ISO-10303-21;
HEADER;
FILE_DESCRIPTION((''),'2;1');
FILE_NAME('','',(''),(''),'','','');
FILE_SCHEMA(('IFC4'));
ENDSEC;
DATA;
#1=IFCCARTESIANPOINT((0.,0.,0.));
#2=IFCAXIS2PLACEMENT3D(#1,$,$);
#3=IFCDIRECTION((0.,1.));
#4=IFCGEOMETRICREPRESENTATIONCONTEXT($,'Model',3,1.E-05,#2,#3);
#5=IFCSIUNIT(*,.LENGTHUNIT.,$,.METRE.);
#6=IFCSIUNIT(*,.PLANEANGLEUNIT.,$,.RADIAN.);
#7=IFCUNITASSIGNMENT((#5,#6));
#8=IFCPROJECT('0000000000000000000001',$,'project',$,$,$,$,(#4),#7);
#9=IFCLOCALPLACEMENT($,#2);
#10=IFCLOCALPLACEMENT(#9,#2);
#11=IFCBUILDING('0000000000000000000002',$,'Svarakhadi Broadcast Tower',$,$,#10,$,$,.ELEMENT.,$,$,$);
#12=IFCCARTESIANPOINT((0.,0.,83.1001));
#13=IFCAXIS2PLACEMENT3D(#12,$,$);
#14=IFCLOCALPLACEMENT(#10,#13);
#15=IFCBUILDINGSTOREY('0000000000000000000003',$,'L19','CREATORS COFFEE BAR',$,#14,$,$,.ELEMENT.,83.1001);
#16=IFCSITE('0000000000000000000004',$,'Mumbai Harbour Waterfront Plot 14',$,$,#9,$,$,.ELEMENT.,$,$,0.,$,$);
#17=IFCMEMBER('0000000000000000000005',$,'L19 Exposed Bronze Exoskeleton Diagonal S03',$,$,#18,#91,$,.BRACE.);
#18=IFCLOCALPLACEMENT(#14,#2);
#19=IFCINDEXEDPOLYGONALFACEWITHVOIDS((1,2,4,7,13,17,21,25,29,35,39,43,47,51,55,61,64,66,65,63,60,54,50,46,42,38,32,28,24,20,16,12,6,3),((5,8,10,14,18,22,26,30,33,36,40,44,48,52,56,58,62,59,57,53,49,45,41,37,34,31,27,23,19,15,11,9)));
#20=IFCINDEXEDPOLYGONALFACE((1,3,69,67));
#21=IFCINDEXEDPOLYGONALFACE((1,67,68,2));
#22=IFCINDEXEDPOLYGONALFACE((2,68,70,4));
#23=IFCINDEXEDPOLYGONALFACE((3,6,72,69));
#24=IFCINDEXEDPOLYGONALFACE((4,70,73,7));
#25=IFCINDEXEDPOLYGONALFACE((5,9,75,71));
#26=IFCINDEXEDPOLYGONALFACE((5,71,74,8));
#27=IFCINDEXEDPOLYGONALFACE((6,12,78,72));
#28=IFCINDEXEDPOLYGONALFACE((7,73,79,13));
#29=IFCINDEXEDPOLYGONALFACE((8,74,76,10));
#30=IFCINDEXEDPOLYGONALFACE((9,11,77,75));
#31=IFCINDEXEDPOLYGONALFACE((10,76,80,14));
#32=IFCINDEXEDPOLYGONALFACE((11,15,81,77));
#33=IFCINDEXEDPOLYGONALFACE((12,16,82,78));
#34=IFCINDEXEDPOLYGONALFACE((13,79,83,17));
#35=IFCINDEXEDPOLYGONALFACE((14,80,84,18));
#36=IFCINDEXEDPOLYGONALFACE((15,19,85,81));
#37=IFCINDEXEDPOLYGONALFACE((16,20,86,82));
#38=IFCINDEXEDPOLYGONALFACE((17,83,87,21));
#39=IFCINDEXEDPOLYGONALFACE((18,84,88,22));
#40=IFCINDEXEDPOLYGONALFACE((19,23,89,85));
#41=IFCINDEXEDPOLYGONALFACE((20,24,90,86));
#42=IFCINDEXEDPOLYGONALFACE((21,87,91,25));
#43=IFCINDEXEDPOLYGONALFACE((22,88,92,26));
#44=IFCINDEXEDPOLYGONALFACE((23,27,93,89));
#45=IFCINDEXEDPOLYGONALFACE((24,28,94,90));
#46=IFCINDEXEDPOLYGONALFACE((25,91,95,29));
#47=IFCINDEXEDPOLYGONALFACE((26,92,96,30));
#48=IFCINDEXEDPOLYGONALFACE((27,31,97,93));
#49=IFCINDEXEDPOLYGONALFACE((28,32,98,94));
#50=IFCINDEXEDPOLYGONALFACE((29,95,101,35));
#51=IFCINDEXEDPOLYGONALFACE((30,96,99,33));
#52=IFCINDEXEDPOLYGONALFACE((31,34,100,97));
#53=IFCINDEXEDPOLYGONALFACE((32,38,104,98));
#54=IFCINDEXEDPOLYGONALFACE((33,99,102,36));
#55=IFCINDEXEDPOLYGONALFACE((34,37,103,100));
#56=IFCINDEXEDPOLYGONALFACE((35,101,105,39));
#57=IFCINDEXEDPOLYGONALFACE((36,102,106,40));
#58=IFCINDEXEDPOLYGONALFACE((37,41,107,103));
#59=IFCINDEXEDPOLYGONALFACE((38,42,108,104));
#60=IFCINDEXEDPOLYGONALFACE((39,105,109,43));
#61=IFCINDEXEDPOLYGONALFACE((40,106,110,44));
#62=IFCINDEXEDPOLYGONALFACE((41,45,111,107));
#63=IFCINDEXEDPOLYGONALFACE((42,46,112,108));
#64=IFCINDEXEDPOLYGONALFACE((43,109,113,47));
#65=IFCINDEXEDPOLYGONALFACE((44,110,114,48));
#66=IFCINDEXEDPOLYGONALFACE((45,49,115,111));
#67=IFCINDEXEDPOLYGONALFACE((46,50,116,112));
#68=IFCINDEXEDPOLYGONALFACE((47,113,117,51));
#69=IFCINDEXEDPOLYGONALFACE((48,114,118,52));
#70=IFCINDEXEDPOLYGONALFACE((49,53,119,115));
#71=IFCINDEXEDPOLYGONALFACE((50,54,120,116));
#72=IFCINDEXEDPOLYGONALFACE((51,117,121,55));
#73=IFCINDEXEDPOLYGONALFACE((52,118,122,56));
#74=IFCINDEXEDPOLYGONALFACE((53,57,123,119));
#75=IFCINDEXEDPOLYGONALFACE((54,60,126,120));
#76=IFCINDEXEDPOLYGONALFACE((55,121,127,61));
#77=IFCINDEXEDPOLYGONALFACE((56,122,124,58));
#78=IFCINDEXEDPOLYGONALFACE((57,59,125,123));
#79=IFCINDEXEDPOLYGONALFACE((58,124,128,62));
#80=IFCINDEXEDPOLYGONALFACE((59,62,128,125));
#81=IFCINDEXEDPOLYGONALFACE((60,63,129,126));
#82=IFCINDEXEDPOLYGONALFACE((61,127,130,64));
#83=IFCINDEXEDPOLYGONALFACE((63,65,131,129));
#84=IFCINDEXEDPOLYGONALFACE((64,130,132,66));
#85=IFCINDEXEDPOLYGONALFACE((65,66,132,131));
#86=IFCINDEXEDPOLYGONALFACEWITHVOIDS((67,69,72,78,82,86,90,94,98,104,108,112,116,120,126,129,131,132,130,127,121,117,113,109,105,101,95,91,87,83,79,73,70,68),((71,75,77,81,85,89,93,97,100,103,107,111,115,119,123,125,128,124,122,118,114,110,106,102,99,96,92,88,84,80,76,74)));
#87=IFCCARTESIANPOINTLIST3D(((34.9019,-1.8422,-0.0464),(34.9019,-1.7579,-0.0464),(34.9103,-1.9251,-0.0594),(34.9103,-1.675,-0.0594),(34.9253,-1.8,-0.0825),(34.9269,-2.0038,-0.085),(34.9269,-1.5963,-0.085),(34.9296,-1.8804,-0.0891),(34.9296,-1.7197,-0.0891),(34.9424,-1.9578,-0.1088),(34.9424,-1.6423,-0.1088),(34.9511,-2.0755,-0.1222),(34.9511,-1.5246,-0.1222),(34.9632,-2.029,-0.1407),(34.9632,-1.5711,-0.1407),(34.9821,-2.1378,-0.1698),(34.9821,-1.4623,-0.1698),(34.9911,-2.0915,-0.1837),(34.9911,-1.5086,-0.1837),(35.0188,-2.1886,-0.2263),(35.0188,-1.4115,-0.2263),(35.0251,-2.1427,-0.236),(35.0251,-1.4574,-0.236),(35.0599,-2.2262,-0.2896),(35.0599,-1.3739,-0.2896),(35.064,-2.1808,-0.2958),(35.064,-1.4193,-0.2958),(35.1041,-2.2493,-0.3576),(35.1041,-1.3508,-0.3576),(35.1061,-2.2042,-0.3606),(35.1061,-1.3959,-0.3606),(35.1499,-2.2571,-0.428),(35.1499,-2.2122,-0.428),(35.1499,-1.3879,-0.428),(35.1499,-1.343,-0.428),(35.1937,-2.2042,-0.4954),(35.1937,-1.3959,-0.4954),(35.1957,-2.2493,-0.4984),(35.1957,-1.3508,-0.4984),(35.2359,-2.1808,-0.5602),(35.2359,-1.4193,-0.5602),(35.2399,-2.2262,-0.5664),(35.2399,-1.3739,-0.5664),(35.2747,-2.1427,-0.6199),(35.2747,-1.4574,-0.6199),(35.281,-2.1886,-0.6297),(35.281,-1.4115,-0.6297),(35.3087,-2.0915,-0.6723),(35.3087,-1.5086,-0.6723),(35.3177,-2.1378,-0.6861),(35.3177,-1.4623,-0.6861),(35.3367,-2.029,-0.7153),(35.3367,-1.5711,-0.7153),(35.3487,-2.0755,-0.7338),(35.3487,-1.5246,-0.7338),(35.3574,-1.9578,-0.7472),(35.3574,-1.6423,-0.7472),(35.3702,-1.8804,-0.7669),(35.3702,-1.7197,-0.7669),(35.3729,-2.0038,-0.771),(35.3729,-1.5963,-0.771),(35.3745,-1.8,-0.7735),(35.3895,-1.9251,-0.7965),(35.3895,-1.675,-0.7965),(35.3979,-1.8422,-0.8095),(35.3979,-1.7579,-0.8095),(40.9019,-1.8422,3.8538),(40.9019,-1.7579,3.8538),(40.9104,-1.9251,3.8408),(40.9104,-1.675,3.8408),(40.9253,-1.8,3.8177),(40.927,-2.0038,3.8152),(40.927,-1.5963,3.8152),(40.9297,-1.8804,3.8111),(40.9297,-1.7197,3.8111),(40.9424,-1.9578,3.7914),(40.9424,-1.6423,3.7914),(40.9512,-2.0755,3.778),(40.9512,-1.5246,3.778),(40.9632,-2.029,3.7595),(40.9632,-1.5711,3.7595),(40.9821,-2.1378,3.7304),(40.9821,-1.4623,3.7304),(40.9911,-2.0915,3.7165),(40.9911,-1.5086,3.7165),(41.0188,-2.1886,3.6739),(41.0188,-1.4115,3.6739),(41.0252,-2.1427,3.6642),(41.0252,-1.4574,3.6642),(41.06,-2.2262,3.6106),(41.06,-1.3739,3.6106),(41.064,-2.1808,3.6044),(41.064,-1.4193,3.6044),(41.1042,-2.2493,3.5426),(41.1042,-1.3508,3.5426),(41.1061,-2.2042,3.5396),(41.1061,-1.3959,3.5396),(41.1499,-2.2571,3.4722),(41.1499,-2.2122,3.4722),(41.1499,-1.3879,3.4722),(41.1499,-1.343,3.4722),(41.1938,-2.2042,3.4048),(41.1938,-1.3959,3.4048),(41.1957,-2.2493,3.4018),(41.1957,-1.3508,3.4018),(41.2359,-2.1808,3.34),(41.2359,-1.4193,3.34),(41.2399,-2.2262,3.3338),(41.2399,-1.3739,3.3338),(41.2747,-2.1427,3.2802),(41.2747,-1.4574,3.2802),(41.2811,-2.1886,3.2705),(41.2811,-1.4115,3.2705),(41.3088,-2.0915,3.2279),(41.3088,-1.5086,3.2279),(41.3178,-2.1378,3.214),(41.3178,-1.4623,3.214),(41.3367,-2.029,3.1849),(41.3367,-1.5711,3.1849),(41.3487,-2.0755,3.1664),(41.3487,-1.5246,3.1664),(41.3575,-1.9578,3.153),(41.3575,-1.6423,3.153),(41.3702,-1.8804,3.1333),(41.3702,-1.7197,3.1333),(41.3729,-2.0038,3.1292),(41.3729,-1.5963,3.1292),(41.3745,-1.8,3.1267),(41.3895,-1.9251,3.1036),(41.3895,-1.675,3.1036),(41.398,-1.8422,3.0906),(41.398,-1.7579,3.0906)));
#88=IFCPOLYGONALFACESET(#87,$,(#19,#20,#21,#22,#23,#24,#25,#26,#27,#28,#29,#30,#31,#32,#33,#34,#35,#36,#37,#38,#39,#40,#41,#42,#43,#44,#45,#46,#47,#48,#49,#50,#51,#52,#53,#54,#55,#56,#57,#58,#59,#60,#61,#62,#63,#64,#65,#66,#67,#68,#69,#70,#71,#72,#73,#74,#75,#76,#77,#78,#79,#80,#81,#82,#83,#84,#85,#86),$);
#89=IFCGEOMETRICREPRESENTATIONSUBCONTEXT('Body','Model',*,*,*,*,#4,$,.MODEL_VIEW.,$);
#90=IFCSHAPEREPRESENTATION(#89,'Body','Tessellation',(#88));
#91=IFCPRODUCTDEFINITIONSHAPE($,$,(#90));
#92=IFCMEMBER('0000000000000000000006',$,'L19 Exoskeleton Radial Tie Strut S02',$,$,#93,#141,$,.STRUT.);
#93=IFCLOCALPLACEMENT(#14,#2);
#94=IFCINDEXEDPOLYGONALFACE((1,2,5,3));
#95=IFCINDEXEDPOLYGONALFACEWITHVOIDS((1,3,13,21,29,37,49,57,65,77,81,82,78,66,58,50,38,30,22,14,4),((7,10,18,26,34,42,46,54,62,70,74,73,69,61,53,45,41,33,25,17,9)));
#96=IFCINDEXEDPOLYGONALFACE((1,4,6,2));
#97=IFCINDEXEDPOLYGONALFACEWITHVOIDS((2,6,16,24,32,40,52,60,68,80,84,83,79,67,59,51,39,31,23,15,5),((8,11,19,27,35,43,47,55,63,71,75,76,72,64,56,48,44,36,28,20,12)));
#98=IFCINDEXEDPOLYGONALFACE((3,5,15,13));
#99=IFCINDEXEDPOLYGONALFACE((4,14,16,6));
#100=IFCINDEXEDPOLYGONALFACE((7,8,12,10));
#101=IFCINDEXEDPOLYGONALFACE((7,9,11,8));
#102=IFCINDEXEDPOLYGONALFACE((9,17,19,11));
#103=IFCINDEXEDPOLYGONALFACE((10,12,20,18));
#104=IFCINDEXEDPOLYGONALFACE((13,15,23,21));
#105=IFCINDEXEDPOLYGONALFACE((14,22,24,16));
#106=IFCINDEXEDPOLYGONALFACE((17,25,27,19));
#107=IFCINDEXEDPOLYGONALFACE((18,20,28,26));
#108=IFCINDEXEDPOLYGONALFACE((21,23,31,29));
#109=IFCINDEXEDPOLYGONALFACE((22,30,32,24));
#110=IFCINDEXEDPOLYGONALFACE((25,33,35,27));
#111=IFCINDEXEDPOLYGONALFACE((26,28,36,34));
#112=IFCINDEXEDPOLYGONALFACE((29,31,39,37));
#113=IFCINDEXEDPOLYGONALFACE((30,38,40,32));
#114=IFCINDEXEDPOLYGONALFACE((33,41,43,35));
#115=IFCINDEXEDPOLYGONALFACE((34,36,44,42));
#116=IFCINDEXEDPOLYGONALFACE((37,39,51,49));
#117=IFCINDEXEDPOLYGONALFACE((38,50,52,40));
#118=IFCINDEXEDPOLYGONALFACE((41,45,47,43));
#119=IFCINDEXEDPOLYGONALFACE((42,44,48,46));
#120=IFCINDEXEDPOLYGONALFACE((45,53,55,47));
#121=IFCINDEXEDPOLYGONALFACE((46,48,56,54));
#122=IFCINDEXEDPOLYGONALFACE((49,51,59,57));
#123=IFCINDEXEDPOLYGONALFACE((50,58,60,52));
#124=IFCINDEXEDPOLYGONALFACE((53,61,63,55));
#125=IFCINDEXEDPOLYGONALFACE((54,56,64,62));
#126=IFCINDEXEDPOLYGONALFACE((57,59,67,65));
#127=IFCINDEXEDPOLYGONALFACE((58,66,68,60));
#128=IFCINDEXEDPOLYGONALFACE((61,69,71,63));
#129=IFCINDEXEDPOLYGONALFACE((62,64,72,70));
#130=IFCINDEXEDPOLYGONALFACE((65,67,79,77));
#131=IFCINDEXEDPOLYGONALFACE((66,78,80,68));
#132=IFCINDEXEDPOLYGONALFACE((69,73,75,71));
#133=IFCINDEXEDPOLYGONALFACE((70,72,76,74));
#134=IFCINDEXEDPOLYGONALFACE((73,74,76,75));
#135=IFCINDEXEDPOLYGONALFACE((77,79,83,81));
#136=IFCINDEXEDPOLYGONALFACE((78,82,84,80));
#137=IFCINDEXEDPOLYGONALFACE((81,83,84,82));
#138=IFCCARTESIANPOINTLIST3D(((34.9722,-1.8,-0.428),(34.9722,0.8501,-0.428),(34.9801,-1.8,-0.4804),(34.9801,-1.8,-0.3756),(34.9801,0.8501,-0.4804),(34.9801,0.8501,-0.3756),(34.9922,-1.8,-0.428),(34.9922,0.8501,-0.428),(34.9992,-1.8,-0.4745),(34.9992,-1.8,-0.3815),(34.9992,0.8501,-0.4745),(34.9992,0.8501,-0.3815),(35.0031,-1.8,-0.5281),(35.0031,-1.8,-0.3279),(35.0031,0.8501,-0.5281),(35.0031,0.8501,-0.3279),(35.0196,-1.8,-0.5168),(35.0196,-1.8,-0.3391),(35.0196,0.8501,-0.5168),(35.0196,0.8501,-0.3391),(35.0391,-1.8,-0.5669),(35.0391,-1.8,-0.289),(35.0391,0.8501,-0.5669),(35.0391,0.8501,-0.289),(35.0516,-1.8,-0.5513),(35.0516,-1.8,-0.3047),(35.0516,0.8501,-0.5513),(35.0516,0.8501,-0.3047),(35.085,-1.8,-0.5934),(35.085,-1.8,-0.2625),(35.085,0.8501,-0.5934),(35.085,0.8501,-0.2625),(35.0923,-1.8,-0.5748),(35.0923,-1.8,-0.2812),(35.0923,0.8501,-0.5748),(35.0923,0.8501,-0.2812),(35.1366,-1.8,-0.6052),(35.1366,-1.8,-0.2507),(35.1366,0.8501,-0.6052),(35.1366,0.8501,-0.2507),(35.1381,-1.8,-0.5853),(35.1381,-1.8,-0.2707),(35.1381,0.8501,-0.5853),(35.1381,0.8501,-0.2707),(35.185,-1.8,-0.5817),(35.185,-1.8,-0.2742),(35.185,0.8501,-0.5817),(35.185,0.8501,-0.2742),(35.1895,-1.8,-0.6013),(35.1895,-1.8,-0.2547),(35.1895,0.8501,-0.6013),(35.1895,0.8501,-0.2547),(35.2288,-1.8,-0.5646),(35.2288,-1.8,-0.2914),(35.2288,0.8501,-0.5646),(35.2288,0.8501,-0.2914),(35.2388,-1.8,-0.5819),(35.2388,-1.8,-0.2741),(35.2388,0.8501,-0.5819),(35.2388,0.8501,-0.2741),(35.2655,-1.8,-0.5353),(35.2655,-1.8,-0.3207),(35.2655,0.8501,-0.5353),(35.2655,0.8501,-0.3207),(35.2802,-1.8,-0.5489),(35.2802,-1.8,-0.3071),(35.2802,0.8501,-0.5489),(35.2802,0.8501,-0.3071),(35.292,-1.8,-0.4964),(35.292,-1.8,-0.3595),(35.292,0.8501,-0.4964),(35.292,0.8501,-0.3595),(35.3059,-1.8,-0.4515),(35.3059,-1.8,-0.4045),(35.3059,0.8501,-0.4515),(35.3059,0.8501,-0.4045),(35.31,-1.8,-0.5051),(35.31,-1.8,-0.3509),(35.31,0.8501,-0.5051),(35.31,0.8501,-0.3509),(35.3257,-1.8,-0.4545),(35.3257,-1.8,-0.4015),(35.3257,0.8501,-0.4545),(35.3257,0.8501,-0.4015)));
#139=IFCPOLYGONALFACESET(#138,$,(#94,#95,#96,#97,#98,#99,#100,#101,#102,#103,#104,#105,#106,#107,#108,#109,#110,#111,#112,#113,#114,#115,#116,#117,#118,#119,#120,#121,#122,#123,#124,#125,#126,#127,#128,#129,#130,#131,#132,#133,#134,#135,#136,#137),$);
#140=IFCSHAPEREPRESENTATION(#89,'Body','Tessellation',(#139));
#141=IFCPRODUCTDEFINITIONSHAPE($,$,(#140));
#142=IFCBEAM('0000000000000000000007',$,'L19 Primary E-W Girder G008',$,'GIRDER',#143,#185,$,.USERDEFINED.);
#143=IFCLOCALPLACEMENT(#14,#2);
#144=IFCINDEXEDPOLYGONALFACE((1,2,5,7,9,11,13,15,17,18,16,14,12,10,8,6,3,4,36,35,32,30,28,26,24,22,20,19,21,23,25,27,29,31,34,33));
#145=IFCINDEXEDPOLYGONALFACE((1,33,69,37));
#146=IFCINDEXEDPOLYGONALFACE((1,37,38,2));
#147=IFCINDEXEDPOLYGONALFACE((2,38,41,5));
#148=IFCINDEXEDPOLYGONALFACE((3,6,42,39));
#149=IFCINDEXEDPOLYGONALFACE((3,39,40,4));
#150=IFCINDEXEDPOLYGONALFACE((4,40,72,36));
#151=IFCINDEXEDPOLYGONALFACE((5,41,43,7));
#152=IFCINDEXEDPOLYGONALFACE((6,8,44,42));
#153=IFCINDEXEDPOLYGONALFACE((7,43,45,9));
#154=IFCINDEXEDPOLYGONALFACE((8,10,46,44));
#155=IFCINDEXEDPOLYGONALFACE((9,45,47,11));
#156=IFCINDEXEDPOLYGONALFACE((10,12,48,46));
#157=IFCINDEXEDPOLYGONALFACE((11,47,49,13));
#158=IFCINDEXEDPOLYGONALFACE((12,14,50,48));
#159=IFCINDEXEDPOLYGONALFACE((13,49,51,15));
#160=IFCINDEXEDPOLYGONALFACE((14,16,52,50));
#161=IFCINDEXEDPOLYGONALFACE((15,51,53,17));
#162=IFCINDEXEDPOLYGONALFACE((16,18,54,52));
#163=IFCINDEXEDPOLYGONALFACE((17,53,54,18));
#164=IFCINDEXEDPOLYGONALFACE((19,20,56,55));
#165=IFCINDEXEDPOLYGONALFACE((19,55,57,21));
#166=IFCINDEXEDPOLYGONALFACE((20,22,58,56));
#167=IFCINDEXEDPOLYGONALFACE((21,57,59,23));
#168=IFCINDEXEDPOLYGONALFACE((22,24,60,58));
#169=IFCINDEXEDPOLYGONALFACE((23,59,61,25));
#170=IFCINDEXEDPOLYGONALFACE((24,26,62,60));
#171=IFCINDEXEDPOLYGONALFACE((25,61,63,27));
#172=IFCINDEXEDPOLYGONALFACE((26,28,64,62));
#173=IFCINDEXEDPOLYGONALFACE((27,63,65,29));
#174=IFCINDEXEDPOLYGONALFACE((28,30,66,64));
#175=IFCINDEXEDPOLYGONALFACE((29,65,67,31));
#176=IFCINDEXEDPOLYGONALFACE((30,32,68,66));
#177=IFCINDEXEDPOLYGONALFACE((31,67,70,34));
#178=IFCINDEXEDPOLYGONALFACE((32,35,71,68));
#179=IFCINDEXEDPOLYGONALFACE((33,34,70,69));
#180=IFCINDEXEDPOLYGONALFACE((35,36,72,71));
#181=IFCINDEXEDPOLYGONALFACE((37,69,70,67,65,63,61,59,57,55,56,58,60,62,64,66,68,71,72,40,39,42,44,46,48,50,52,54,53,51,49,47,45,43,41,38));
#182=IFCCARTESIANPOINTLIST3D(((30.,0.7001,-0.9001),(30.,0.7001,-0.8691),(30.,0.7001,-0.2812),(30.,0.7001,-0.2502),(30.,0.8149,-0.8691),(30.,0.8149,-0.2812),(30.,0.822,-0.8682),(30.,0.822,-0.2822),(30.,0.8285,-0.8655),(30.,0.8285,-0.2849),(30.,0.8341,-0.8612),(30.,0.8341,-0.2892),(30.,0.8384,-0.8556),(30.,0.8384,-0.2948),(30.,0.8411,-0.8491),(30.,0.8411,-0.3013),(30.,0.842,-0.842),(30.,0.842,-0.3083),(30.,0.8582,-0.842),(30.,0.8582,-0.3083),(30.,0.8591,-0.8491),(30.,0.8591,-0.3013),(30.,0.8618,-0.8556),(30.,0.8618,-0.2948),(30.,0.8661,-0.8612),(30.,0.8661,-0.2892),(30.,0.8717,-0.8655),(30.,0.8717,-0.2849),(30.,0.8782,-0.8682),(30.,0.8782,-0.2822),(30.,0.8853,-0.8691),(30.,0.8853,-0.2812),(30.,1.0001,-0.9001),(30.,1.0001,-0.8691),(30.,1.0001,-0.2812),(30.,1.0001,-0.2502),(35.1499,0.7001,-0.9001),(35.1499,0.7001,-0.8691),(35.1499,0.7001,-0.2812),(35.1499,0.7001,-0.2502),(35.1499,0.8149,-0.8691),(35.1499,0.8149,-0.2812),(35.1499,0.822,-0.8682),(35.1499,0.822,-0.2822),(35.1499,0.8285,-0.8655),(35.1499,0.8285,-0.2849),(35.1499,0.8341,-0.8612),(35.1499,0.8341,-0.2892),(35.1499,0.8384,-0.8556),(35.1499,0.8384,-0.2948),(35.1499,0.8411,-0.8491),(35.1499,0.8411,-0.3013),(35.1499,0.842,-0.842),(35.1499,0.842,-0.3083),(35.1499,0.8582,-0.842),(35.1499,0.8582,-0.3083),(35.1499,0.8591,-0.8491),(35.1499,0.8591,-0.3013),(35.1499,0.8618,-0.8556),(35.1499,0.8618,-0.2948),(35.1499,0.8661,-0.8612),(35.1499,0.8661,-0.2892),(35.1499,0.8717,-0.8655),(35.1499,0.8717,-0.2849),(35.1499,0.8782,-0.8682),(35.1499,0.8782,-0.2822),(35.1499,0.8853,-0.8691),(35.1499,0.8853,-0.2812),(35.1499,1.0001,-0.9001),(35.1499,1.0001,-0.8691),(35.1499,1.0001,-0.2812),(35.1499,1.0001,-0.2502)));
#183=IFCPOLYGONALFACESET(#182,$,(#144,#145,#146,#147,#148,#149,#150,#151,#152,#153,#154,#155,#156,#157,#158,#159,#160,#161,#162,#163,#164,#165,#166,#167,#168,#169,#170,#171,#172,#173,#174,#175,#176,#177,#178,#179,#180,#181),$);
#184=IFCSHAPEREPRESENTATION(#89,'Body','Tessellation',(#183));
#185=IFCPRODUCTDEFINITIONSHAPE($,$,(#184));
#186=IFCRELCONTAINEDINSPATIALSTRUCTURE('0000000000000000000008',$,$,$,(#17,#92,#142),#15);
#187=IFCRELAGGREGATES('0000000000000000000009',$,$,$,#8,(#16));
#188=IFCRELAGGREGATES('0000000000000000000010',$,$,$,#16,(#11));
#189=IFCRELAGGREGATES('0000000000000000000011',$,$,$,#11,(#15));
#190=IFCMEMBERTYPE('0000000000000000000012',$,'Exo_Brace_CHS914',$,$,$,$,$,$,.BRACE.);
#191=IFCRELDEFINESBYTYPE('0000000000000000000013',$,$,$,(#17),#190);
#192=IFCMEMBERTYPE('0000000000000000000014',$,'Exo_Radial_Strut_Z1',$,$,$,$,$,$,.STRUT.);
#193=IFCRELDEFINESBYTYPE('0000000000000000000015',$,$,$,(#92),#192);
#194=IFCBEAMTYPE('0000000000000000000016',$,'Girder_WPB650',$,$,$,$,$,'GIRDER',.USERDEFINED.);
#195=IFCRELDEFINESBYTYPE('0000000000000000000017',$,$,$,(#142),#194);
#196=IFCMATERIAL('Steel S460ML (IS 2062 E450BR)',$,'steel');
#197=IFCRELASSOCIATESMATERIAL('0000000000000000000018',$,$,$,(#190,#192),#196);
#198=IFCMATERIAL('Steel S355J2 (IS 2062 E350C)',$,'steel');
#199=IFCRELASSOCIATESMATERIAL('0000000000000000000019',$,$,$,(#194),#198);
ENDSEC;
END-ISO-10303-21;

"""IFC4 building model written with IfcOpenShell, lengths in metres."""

from ifc_helpers import new_model, si_unit, direction, frame, origin, origin_2d, place, context, subcontext, project, spatial, hollow_circle, i_section, extrude, material, material_profile, profile_set, type_object, element, save


model = new_model("IFC4")

# Units and contexts
model_context = context("Model", 3, precision=1e-05, world=origin(), true_north=direction((0.0, 1.0)))
body_context = subcontext(model_context, "Body", "Model", "MODEL_VIEW")
ifc_project = project(units=[si_unit("LENGTHUNIT", "METRE"), si_unit("PLANEANGLEUNIT", "RADIAN")], contexts=[model_context])

# Site, building, storey
site_placement = place(None, origin())
site = spatial("IfcSite", under=ifc_project, at=site_placement, Name="Mumbai Harbour Waterfront Plot 14", CompositionType="ELEMENT", RefElevation=0.0)
building_placement = place(site_placement, origin())
building = spatial("IfcBuilding", under=site, at=building_placement, Name="Svarakhadi Broadcast Tower", CompositionType="ELEMENT")
storey_placement = place(building_placement, frame((0.0, 0.0, 83.1001)))
storey = spatial("IfcBuildingStorey", under=building, at=storey_placement, Name="L19", Description="CREATORS COFFEE BAR", CompositionType="ELEMENT", Elevation=83.1001)

# Shared definitions
ifc_material_1 = material(Name="Steel S460ML (IS 2062 E450BR)", Category="steel")

# Members
ifc_material_profile_1 = material_profile(ifc_material_1, hollow_circle(Radius=0.457, WallThickness=0.0449, at=origin_2d()), Name="CHS 914x45")
ifc_profile_set_1 = profile_set([ifc_material_profile_1], Name="Steel S460ML (IS 2062 E450BR)")
member_type_1 = type_object("IfcMemberType", Name="Exo_Brace_CHS914", PredefinedType="BRACE", material=ifc_profile_set_1)
member_1_placement = place(storey_placement, frame((35.1499, -1.8, -0.428), z_axis=(0.838434, 0.0, 0.545003), x_axis=(0.0, 1.0, 0.0)))
element("IfcMember", 1, at=member_1_placement, inside=storey, type_object=member_type_1, Name="L19 Exposed Bronze Exoskeleton Diagonal S03", PredefinedType="BRACE", context=body_context, shape_type="SweptSolid", body=[
    extrude(hollow_circle(Radius=0.457, WallThickness=0.0449, at=origin_2d()), origin(), (0.0, 0.0, 1.0), 7.1562),
])
ifc_material_profile_2 = material_profile(ifc_material_1, hollow_circle(Radius=0.1777, WallThickness=0.02, at=origin_2d()), Name="CHS 355.6x20")
ifc_profile_set_2 = profile_set([ifc_material_profile_2], Name="Steel S460ML (IS 2062 E450BR)")
member_type_2 = type_object("IfcMemberType", Name="Exo_Radial_Strut_Z1", PredefinedType="STRUT", material=ifc_profile_set_2)
member_2_placement = place(storey_placement, frame((35.1499, -1.8, -0.428), z_axis=(0.0, 1.0, 0.0), x_axis=(-1.0, 0.0, 0.0)))
element("IfcMember", 2, at=member_2_placement, inside=storey, type_object=member_type_2, Name="L19 Exoskeleton Radial Tie Strut S02", PredefinedType="STRUT", context=body_context, shape_type="SweptSolid", body=[
    extrude(hollow_circle(Radius=0.1777, WallThickness=0.02, at=origin_2d()), origin(), (0.0, 0.0, 1.0), 2.6501),
])

# Beam
ifc_material_2 = material(Name="Steel S355J2 (IS 2062 E350C)", Category="steel")
ifc_material_profile_3 = material_profile(ifc_material_2, i_section(OverallWidth=0.3, OverallDepth=0.6499, WebThickness=0.0161, FlangeThickness=0.031, FilletRadius=0.0271, at=origin_2d()), Name="WPB 650x300x225")
ifc_profile_set_3 = profile_set([ifc_material_profile_3], Name="Steel S355J2 (IS 2062 E350C)")
beam_type_1 = type_object("IfcBeamType", Name="Girder_WPB650", ElementType="GIRDER", PredefinedType="USERDEFINED", material=ifc_profile_set_3)
beam_1_placement = place(storey_placement, frame((30.0, 0.8501, -0.5752), z_axis=(1.0, 0.0, 0.0), x_axis=(0.0, 1.0, 0.0)))
element("IfcBeam", 3, at=beam_1_placement, inside=storey, type_object=beam_type_1, Name="L19 Primary E-W Girder G008", ObjectType="GIRDER", PredefinedType="USERDEFINED", context=body_context, shape_type="SweptSolid", body=[
    extrude(i_section(OverallWidth=0.3, OverallDepth=0.6499, WebThickness=0.0161, FlangeThickness=0.031, FilletRadius=0.0271, at=origin_2d()), origin(), (0.0, 0.0, 1.0), 5.1499),
])

save(model, "model.ifc")
